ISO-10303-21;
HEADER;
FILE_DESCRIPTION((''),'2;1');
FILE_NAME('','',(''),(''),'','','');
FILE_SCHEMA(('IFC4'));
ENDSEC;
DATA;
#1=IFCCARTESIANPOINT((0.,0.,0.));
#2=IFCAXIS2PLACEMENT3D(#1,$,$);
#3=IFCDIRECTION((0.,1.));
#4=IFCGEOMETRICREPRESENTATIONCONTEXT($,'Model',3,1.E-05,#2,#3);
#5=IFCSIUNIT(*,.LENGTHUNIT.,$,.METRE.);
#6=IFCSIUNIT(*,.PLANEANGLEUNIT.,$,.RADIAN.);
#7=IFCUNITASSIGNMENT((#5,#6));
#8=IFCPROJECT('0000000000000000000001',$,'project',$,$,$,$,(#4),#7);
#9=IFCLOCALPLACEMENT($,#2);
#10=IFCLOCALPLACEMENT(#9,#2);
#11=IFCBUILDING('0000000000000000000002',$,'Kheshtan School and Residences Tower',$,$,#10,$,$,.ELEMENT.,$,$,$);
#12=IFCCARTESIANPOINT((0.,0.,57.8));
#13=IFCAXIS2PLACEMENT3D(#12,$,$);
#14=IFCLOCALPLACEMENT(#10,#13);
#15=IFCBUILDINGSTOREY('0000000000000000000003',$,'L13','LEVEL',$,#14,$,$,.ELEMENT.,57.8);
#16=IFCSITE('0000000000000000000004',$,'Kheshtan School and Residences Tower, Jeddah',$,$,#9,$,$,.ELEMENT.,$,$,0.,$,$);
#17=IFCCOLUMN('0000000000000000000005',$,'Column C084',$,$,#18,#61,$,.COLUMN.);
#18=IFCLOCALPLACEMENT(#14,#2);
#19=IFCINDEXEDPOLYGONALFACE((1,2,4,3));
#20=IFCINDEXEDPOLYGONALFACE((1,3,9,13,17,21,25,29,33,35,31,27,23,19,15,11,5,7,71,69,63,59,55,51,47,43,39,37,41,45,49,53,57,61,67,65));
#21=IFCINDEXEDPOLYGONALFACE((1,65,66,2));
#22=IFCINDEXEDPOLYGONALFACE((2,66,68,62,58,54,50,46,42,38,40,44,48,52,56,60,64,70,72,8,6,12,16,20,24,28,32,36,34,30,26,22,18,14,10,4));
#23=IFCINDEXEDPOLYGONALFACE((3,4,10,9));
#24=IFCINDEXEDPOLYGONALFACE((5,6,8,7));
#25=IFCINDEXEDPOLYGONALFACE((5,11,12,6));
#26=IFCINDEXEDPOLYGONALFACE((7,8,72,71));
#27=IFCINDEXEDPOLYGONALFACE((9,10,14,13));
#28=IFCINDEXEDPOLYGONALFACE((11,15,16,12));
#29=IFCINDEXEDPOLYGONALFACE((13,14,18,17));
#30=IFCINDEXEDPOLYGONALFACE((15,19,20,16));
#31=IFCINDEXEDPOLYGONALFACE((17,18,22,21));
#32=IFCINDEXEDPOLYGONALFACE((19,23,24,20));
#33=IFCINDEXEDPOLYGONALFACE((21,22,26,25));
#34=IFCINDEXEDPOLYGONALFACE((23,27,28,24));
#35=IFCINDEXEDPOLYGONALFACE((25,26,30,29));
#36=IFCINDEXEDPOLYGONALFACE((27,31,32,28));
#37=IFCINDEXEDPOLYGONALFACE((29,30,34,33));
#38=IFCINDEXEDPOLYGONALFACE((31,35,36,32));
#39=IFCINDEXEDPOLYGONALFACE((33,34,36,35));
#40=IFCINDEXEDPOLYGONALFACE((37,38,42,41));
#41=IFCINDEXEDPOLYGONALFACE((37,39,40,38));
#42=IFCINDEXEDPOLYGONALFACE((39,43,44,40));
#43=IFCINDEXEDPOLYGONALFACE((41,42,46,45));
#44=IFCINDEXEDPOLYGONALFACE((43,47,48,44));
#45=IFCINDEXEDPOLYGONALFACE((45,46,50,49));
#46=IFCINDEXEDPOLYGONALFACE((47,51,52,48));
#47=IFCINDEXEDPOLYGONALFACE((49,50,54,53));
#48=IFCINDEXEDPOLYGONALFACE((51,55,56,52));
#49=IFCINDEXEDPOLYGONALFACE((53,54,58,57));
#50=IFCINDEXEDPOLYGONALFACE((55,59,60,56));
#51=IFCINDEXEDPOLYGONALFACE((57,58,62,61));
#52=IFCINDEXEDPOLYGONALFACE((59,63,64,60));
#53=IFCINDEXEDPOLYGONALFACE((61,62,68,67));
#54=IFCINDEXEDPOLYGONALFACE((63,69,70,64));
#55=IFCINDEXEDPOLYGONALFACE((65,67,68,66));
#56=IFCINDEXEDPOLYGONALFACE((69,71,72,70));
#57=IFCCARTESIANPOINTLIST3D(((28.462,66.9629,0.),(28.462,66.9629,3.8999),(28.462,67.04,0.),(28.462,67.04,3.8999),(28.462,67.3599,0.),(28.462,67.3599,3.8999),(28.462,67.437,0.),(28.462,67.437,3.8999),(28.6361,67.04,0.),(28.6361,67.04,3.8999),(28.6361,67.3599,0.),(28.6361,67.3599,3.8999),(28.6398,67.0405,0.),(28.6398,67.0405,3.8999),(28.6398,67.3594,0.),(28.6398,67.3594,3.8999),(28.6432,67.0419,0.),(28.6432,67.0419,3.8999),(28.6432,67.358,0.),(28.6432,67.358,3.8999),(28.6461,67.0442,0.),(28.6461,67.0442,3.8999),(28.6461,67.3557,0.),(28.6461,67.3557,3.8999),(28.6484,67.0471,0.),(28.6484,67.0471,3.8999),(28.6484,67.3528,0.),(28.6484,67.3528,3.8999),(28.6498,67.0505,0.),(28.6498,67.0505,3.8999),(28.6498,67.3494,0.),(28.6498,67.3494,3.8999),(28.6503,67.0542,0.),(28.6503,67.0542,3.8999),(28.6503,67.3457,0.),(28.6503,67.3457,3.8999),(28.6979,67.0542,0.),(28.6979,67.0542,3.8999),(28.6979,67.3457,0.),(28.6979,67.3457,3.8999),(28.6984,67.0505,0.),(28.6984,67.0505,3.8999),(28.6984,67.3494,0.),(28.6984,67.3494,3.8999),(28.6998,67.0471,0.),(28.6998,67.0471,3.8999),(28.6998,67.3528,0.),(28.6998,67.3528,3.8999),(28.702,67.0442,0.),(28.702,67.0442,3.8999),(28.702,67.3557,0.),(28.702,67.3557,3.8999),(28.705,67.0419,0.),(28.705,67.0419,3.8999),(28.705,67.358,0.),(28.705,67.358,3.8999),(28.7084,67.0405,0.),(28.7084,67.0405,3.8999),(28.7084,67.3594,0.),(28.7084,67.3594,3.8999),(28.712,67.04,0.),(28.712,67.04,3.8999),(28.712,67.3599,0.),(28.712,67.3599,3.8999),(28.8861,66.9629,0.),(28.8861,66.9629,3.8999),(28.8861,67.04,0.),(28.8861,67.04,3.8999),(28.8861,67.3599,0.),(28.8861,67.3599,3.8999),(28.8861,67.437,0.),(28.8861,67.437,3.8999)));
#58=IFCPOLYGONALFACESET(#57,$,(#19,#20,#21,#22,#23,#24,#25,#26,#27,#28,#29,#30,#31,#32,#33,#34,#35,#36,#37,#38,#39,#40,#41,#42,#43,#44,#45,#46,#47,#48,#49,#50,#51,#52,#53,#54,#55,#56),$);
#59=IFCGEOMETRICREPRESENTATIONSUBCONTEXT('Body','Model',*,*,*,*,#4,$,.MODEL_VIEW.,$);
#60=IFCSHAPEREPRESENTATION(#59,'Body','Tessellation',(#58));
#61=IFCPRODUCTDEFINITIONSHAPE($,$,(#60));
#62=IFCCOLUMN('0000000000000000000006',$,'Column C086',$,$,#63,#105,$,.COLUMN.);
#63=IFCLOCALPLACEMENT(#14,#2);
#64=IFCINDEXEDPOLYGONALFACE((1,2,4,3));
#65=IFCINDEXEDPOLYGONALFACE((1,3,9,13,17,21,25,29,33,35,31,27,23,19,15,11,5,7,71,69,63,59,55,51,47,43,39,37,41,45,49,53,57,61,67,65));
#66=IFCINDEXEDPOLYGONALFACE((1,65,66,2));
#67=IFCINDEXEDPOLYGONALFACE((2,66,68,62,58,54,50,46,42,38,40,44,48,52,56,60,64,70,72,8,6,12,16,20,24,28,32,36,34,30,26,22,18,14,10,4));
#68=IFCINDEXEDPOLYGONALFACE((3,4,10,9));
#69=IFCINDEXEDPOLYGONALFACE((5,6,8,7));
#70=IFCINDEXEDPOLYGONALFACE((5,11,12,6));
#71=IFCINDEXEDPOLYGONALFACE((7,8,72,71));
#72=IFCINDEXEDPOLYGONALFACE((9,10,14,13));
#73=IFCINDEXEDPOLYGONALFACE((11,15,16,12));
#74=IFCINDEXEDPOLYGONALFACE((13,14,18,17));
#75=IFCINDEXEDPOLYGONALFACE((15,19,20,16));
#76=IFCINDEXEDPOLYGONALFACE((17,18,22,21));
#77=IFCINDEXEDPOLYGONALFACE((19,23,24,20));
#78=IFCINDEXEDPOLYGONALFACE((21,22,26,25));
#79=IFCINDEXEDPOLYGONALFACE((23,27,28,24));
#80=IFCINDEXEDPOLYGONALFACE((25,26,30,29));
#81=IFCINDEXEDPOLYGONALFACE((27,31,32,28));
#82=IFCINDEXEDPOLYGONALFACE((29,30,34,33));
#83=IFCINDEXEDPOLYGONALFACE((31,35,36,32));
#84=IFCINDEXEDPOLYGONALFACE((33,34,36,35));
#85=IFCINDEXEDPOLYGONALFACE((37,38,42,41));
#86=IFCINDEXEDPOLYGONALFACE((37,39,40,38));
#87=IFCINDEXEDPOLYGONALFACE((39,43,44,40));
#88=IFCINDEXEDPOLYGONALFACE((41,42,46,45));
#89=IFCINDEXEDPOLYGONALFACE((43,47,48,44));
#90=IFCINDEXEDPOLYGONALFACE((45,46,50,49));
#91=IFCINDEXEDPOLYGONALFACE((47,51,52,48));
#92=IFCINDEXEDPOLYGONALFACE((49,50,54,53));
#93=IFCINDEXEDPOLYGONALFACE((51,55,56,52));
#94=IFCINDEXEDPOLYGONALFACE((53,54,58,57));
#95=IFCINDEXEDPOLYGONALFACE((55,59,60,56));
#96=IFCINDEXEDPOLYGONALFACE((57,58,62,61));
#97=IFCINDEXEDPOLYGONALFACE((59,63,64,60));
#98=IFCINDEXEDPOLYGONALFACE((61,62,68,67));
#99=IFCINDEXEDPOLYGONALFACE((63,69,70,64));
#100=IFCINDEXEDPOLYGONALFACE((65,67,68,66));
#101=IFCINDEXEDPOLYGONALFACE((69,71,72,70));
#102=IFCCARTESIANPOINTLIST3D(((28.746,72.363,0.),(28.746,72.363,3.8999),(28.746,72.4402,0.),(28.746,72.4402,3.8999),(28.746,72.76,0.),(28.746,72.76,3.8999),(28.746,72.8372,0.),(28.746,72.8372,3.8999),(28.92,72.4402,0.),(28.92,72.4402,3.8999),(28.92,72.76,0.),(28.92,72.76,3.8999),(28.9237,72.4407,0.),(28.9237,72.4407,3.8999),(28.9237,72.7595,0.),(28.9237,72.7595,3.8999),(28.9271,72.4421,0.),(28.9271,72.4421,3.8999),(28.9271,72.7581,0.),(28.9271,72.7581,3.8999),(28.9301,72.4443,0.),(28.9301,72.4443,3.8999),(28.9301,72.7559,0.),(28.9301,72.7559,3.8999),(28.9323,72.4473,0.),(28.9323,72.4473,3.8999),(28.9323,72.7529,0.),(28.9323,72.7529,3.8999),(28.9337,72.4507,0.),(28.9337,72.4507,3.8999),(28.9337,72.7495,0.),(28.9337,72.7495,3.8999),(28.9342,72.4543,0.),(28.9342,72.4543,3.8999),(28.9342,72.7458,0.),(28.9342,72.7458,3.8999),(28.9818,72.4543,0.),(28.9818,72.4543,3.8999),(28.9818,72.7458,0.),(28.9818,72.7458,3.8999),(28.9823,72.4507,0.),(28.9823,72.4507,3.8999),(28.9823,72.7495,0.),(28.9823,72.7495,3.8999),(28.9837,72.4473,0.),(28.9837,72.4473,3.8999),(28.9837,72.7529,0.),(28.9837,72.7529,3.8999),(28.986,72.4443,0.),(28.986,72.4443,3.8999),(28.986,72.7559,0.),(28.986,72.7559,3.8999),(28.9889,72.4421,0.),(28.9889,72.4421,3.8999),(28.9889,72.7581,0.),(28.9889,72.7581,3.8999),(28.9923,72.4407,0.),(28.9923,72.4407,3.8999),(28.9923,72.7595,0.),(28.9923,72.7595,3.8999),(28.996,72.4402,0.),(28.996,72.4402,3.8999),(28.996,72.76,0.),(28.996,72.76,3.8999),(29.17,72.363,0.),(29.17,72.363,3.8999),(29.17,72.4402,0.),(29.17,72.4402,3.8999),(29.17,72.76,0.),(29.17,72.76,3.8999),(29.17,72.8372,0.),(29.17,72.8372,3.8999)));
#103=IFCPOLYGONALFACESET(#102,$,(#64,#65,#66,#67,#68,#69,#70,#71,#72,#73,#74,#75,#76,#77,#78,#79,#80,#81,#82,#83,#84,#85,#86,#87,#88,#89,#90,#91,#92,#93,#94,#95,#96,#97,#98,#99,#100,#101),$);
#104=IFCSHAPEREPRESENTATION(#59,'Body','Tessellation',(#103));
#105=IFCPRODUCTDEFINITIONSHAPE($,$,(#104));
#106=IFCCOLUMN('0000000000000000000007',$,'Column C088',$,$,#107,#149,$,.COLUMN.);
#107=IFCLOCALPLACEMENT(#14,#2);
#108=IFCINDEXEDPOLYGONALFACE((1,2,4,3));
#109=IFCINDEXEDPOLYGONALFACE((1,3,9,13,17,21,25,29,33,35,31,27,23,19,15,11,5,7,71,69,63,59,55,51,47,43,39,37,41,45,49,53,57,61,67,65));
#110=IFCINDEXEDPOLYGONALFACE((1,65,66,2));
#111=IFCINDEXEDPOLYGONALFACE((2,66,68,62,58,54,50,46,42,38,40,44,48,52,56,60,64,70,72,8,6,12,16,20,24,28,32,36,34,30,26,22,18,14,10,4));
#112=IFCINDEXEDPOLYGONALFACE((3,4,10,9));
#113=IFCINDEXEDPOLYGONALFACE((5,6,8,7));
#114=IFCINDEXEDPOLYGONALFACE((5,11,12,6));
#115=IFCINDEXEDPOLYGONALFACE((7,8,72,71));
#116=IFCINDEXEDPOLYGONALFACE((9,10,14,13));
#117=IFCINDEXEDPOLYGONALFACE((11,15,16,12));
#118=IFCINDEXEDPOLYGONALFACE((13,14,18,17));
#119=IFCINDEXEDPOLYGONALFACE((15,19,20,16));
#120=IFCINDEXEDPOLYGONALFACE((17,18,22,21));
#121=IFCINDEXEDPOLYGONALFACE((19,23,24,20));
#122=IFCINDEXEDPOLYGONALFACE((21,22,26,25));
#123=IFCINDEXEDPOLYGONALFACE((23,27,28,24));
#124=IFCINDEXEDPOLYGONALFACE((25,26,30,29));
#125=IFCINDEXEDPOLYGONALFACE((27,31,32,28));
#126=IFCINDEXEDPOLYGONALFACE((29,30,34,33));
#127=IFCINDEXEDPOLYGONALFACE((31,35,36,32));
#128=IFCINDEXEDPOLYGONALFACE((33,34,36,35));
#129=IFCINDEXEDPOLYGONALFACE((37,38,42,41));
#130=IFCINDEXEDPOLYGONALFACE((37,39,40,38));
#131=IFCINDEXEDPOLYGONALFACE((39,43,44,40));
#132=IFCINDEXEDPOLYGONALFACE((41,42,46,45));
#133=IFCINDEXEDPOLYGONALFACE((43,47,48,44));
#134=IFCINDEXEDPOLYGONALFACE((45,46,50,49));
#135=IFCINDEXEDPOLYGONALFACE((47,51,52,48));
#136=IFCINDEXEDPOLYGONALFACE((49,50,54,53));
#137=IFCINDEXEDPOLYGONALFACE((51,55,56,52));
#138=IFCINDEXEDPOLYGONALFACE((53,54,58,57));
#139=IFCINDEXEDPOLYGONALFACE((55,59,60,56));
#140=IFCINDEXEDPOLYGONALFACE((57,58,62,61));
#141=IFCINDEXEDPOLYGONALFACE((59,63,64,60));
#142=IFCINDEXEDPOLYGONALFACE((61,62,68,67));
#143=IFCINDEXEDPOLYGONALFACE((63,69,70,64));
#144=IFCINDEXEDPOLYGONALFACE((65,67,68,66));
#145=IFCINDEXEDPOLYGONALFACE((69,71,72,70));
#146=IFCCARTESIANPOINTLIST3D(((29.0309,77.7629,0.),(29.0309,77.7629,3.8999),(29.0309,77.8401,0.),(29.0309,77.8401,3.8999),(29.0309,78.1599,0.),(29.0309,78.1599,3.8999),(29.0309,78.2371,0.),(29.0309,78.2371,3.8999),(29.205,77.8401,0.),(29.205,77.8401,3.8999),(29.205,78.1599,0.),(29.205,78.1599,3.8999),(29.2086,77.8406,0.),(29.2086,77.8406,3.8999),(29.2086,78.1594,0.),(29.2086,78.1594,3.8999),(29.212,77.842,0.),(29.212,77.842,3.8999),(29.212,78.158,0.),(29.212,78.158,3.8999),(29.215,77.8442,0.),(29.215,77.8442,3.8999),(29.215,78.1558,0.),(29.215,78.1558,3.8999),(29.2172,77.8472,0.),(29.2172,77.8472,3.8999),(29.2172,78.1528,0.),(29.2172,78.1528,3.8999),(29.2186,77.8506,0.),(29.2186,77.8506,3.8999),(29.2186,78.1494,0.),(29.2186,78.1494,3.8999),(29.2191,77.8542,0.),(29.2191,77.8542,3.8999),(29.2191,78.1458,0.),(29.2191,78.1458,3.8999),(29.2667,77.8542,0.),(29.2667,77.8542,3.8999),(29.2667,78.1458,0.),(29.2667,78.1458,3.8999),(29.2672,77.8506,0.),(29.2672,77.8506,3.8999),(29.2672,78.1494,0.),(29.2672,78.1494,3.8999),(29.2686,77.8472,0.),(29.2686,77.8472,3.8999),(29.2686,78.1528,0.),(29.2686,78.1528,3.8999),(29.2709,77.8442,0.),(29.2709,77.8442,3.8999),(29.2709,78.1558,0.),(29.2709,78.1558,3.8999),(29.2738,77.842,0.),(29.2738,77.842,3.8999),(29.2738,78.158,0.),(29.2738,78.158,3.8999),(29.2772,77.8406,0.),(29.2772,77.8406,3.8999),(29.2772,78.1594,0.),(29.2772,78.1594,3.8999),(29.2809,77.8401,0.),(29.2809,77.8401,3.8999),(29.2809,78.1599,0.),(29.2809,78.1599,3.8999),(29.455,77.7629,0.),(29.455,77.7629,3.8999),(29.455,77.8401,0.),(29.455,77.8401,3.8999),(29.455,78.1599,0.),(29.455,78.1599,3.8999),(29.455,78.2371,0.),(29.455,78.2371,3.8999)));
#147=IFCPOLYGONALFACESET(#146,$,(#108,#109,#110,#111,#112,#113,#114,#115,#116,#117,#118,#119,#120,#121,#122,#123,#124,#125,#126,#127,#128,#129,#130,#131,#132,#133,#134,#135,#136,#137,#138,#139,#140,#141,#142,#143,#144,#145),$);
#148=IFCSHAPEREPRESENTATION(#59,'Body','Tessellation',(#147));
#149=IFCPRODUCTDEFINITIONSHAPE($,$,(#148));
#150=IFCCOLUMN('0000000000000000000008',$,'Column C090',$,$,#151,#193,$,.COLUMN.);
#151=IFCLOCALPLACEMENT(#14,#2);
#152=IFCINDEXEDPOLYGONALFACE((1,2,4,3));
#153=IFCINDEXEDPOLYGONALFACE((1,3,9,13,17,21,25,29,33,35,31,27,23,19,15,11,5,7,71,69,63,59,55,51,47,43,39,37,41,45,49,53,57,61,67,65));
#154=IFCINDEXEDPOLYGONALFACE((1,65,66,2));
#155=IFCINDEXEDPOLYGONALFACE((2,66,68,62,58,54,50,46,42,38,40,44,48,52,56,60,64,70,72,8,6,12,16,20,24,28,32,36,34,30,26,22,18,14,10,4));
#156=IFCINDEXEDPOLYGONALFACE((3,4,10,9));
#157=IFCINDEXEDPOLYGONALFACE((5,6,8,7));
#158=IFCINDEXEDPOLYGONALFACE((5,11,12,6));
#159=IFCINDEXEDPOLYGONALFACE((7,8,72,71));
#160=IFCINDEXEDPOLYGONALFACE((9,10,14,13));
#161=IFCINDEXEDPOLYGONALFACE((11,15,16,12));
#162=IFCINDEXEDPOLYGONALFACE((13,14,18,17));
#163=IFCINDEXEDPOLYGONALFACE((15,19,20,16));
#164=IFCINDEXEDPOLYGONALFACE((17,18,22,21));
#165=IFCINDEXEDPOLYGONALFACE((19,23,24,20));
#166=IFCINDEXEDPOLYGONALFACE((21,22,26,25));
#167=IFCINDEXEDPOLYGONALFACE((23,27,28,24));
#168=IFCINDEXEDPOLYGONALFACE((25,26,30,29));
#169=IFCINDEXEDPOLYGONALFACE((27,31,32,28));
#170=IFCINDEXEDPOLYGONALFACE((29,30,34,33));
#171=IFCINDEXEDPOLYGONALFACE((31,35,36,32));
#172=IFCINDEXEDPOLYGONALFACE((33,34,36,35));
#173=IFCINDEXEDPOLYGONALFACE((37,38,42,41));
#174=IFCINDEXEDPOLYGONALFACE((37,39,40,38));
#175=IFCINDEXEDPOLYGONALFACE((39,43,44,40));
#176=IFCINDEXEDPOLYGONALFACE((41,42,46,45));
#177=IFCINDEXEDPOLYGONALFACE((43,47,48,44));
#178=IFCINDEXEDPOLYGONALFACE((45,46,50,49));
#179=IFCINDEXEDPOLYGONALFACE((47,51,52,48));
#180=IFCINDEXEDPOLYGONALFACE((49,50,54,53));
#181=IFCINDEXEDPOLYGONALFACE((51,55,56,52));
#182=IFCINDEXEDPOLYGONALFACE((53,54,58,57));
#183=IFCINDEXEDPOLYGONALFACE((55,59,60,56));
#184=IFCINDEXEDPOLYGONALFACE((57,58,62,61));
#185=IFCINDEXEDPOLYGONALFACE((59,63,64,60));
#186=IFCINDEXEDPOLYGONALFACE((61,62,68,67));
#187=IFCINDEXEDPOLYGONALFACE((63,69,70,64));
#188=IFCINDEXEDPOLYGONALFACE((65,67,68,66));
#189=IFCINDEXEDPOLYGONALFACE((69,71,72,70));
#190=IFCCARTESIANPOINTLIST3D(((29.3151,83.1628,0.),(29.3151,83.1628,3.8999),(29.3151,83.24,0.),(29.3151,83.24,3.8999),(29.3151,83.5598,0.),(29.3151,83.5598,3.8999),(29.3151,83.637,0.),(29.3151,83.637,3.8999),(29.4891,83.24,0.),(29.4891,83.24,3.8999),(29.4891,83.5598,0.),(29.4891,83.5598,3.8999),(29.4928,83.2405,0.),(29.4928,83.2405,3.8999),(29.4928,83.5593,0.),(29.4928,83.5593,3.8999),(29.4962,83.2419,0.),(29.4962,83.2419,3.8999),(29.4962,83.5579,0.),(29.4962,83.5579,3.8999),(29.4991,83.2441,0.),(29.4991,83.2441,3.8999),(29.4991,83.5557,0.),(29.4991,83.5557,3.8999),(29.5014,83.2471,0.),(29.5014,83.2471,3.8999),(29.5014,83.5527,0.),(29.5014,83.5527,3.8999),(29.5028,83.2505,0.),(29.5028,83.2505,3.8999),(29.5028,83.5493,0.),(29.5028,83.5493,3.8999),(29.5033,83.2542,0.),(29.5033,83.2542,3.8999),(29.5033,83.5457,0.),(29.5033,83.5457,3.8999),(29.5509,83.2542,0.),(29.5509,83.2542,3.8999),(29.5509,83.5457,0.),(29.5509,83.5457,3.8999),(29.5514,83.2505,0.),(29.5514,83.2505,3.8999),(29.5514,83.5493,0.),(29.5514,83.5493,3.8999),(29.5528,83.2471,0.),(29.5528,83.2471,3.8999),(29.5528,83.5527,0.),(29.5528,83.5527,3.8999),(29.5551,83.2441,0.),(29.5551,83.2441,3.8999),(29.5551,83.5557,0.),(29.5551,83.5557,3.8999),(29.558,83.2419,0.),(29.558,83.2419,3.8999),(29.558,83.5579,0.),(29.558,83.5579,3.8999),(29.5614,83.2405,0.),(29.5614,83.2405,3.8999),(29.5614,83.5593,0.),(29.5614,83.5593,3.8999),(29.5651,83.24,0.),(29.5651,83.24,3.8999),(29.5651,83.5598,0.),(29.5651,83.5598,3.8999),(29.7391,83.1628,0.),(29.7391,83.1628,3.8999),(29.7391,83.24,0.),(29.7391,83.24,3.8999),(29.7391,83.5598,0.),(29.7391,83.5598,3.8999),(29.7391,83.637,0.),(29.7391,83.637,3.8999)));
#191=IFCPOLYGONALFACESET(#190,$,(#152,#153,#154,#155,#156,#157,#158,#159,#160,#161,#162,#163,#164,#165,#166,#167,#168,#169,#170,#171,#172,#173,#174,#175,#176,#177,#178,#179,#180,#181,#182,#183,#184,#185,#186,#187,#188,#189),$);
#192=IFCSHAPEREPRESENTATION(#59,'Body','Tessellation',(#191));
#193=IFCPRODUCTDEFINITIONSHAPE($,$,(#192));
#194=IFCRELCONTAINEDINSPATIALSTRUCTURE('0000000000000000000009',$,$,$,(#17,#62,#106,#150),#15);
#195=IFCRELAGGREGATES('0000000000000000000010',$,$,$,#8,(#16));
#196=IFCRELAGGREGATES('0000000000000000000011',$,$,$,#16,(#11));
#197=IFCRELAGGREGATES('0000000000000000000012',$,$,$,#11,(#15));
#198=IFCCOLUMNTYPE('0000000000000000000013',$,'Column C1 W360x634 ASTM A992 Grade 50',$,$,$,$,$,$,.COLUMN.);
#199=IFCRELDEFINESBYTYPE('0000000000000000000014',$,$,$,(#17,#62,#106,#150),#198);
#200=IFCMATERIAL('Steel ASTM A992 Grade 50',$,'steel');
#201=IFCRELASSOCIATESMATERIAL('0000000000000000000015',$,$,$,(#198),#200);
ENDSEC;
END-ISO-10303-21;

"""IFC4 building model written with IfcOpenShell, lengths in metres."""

from ifc_helpers import new_model, si_unit, direction, frame, origin, origin_2d, place, context, subcontext, project, spatial, i_section, extrude, material, material_profile, profile_set, type_object, element, save


model = new_model("IFC4")

# Units and contexts
model_context = context("Model", 3, precision=1e-05, world=origin(), true_north=direction((0.0, 1.0)))
body_context = subcontext(model_context, "Body", "Model", "MODEL_VIEW")
ifc_project = project(units=[si_unit("LENGTHUNIT", "METRE"), si_unit("PLANEANGLEUNIT", "RADIAN")], contexts=[model_context])

# Site, building, storey
site_placement = place(None, origin())
site = spatial("IfcSite", under=ifc_project, at=site_placement, Name="Kheshtan School and Residences Tower, Jeddah", CompositionType="ELEMENT", RefElevation=0.0)
building_placement = place(site_placement, origin())
building = spatial("IfcBuilding", under=site, at=building_placement, Name="Kheshtan School and Residences Tower", CompositionType="ELEMENT")
storey_placement = place(building_placement, frame((0.0, 0.0, 57.8)))
storey = spatial("IfcBuildingStorey", under=building, at=storey_placement, Name="L13", Description="LEVEL", CompositionType="ELEMENT", Elevation=57.8)

# Columns
ifc_material_1 = material(Name="Steel ASTM A992 Grade 50", Category="steel")
ifc_material_profile_1 = material_profile(ifc_material_1, i_section(OverallWidth=0.4241, OverallDepth=0.4741, WebThickness=0.0476, FlangeThickness=0.0771, FilletRadius=0.0142, at=origin_2d()), Name="W360x634")
ifc_profile_set_1 = profile_set([ifc_material_profile_1], Name="Steel ASTM A992 Grade 50")
column_type = type_object("IfcColumnType", Name="Column C1 W360x634 ASTM A992 Grade 50", PredefinedType="COLUMN", material=ifc_profile_set_1)
for number, where, z_axis, x_axis, name in (
    (1, (28.6741, 67.2, 0.0), (0.0, 0.0, 1.0), (1.0, 0.0, 0.0), "Column C084"),
    (2, (28.958, 72.6001, 0.0), (0.0, 0.0, 1.0), (1.0, 0.0, 0.0), "Column C086"),
    (3, (29.2429, 78.0, 0.0), (0.0, 0.0, 1.0), (1.0, 0.0, 0.0), "Column C088"),
    (4, (29.5271, 83.3999, 0.0), (0.0, 0.0, 1.0), (1.0, 0.0, 0.0), "Column C090"),
):
    element("IfcColumn", number, at=place(storey_placement, frame(where, z_axis=z_axis, x_axis=x_axis)), inside=storey, type_object=column_type, Name=name, PredefinedType="COLUMN", context=body_context, shape_type="SweptSolid", body=[
        extrude(i_section(OverallWidth=0.4241, OverallDepth=0.4741, WebThickness=0.0476, FlangeThickness=0.0771, FilletRadius=0.0142, at=origin_2d()), origin(), (0.0, 0.0, 1.0), 3.8999),
    ])

save(model, "model.ifc")
